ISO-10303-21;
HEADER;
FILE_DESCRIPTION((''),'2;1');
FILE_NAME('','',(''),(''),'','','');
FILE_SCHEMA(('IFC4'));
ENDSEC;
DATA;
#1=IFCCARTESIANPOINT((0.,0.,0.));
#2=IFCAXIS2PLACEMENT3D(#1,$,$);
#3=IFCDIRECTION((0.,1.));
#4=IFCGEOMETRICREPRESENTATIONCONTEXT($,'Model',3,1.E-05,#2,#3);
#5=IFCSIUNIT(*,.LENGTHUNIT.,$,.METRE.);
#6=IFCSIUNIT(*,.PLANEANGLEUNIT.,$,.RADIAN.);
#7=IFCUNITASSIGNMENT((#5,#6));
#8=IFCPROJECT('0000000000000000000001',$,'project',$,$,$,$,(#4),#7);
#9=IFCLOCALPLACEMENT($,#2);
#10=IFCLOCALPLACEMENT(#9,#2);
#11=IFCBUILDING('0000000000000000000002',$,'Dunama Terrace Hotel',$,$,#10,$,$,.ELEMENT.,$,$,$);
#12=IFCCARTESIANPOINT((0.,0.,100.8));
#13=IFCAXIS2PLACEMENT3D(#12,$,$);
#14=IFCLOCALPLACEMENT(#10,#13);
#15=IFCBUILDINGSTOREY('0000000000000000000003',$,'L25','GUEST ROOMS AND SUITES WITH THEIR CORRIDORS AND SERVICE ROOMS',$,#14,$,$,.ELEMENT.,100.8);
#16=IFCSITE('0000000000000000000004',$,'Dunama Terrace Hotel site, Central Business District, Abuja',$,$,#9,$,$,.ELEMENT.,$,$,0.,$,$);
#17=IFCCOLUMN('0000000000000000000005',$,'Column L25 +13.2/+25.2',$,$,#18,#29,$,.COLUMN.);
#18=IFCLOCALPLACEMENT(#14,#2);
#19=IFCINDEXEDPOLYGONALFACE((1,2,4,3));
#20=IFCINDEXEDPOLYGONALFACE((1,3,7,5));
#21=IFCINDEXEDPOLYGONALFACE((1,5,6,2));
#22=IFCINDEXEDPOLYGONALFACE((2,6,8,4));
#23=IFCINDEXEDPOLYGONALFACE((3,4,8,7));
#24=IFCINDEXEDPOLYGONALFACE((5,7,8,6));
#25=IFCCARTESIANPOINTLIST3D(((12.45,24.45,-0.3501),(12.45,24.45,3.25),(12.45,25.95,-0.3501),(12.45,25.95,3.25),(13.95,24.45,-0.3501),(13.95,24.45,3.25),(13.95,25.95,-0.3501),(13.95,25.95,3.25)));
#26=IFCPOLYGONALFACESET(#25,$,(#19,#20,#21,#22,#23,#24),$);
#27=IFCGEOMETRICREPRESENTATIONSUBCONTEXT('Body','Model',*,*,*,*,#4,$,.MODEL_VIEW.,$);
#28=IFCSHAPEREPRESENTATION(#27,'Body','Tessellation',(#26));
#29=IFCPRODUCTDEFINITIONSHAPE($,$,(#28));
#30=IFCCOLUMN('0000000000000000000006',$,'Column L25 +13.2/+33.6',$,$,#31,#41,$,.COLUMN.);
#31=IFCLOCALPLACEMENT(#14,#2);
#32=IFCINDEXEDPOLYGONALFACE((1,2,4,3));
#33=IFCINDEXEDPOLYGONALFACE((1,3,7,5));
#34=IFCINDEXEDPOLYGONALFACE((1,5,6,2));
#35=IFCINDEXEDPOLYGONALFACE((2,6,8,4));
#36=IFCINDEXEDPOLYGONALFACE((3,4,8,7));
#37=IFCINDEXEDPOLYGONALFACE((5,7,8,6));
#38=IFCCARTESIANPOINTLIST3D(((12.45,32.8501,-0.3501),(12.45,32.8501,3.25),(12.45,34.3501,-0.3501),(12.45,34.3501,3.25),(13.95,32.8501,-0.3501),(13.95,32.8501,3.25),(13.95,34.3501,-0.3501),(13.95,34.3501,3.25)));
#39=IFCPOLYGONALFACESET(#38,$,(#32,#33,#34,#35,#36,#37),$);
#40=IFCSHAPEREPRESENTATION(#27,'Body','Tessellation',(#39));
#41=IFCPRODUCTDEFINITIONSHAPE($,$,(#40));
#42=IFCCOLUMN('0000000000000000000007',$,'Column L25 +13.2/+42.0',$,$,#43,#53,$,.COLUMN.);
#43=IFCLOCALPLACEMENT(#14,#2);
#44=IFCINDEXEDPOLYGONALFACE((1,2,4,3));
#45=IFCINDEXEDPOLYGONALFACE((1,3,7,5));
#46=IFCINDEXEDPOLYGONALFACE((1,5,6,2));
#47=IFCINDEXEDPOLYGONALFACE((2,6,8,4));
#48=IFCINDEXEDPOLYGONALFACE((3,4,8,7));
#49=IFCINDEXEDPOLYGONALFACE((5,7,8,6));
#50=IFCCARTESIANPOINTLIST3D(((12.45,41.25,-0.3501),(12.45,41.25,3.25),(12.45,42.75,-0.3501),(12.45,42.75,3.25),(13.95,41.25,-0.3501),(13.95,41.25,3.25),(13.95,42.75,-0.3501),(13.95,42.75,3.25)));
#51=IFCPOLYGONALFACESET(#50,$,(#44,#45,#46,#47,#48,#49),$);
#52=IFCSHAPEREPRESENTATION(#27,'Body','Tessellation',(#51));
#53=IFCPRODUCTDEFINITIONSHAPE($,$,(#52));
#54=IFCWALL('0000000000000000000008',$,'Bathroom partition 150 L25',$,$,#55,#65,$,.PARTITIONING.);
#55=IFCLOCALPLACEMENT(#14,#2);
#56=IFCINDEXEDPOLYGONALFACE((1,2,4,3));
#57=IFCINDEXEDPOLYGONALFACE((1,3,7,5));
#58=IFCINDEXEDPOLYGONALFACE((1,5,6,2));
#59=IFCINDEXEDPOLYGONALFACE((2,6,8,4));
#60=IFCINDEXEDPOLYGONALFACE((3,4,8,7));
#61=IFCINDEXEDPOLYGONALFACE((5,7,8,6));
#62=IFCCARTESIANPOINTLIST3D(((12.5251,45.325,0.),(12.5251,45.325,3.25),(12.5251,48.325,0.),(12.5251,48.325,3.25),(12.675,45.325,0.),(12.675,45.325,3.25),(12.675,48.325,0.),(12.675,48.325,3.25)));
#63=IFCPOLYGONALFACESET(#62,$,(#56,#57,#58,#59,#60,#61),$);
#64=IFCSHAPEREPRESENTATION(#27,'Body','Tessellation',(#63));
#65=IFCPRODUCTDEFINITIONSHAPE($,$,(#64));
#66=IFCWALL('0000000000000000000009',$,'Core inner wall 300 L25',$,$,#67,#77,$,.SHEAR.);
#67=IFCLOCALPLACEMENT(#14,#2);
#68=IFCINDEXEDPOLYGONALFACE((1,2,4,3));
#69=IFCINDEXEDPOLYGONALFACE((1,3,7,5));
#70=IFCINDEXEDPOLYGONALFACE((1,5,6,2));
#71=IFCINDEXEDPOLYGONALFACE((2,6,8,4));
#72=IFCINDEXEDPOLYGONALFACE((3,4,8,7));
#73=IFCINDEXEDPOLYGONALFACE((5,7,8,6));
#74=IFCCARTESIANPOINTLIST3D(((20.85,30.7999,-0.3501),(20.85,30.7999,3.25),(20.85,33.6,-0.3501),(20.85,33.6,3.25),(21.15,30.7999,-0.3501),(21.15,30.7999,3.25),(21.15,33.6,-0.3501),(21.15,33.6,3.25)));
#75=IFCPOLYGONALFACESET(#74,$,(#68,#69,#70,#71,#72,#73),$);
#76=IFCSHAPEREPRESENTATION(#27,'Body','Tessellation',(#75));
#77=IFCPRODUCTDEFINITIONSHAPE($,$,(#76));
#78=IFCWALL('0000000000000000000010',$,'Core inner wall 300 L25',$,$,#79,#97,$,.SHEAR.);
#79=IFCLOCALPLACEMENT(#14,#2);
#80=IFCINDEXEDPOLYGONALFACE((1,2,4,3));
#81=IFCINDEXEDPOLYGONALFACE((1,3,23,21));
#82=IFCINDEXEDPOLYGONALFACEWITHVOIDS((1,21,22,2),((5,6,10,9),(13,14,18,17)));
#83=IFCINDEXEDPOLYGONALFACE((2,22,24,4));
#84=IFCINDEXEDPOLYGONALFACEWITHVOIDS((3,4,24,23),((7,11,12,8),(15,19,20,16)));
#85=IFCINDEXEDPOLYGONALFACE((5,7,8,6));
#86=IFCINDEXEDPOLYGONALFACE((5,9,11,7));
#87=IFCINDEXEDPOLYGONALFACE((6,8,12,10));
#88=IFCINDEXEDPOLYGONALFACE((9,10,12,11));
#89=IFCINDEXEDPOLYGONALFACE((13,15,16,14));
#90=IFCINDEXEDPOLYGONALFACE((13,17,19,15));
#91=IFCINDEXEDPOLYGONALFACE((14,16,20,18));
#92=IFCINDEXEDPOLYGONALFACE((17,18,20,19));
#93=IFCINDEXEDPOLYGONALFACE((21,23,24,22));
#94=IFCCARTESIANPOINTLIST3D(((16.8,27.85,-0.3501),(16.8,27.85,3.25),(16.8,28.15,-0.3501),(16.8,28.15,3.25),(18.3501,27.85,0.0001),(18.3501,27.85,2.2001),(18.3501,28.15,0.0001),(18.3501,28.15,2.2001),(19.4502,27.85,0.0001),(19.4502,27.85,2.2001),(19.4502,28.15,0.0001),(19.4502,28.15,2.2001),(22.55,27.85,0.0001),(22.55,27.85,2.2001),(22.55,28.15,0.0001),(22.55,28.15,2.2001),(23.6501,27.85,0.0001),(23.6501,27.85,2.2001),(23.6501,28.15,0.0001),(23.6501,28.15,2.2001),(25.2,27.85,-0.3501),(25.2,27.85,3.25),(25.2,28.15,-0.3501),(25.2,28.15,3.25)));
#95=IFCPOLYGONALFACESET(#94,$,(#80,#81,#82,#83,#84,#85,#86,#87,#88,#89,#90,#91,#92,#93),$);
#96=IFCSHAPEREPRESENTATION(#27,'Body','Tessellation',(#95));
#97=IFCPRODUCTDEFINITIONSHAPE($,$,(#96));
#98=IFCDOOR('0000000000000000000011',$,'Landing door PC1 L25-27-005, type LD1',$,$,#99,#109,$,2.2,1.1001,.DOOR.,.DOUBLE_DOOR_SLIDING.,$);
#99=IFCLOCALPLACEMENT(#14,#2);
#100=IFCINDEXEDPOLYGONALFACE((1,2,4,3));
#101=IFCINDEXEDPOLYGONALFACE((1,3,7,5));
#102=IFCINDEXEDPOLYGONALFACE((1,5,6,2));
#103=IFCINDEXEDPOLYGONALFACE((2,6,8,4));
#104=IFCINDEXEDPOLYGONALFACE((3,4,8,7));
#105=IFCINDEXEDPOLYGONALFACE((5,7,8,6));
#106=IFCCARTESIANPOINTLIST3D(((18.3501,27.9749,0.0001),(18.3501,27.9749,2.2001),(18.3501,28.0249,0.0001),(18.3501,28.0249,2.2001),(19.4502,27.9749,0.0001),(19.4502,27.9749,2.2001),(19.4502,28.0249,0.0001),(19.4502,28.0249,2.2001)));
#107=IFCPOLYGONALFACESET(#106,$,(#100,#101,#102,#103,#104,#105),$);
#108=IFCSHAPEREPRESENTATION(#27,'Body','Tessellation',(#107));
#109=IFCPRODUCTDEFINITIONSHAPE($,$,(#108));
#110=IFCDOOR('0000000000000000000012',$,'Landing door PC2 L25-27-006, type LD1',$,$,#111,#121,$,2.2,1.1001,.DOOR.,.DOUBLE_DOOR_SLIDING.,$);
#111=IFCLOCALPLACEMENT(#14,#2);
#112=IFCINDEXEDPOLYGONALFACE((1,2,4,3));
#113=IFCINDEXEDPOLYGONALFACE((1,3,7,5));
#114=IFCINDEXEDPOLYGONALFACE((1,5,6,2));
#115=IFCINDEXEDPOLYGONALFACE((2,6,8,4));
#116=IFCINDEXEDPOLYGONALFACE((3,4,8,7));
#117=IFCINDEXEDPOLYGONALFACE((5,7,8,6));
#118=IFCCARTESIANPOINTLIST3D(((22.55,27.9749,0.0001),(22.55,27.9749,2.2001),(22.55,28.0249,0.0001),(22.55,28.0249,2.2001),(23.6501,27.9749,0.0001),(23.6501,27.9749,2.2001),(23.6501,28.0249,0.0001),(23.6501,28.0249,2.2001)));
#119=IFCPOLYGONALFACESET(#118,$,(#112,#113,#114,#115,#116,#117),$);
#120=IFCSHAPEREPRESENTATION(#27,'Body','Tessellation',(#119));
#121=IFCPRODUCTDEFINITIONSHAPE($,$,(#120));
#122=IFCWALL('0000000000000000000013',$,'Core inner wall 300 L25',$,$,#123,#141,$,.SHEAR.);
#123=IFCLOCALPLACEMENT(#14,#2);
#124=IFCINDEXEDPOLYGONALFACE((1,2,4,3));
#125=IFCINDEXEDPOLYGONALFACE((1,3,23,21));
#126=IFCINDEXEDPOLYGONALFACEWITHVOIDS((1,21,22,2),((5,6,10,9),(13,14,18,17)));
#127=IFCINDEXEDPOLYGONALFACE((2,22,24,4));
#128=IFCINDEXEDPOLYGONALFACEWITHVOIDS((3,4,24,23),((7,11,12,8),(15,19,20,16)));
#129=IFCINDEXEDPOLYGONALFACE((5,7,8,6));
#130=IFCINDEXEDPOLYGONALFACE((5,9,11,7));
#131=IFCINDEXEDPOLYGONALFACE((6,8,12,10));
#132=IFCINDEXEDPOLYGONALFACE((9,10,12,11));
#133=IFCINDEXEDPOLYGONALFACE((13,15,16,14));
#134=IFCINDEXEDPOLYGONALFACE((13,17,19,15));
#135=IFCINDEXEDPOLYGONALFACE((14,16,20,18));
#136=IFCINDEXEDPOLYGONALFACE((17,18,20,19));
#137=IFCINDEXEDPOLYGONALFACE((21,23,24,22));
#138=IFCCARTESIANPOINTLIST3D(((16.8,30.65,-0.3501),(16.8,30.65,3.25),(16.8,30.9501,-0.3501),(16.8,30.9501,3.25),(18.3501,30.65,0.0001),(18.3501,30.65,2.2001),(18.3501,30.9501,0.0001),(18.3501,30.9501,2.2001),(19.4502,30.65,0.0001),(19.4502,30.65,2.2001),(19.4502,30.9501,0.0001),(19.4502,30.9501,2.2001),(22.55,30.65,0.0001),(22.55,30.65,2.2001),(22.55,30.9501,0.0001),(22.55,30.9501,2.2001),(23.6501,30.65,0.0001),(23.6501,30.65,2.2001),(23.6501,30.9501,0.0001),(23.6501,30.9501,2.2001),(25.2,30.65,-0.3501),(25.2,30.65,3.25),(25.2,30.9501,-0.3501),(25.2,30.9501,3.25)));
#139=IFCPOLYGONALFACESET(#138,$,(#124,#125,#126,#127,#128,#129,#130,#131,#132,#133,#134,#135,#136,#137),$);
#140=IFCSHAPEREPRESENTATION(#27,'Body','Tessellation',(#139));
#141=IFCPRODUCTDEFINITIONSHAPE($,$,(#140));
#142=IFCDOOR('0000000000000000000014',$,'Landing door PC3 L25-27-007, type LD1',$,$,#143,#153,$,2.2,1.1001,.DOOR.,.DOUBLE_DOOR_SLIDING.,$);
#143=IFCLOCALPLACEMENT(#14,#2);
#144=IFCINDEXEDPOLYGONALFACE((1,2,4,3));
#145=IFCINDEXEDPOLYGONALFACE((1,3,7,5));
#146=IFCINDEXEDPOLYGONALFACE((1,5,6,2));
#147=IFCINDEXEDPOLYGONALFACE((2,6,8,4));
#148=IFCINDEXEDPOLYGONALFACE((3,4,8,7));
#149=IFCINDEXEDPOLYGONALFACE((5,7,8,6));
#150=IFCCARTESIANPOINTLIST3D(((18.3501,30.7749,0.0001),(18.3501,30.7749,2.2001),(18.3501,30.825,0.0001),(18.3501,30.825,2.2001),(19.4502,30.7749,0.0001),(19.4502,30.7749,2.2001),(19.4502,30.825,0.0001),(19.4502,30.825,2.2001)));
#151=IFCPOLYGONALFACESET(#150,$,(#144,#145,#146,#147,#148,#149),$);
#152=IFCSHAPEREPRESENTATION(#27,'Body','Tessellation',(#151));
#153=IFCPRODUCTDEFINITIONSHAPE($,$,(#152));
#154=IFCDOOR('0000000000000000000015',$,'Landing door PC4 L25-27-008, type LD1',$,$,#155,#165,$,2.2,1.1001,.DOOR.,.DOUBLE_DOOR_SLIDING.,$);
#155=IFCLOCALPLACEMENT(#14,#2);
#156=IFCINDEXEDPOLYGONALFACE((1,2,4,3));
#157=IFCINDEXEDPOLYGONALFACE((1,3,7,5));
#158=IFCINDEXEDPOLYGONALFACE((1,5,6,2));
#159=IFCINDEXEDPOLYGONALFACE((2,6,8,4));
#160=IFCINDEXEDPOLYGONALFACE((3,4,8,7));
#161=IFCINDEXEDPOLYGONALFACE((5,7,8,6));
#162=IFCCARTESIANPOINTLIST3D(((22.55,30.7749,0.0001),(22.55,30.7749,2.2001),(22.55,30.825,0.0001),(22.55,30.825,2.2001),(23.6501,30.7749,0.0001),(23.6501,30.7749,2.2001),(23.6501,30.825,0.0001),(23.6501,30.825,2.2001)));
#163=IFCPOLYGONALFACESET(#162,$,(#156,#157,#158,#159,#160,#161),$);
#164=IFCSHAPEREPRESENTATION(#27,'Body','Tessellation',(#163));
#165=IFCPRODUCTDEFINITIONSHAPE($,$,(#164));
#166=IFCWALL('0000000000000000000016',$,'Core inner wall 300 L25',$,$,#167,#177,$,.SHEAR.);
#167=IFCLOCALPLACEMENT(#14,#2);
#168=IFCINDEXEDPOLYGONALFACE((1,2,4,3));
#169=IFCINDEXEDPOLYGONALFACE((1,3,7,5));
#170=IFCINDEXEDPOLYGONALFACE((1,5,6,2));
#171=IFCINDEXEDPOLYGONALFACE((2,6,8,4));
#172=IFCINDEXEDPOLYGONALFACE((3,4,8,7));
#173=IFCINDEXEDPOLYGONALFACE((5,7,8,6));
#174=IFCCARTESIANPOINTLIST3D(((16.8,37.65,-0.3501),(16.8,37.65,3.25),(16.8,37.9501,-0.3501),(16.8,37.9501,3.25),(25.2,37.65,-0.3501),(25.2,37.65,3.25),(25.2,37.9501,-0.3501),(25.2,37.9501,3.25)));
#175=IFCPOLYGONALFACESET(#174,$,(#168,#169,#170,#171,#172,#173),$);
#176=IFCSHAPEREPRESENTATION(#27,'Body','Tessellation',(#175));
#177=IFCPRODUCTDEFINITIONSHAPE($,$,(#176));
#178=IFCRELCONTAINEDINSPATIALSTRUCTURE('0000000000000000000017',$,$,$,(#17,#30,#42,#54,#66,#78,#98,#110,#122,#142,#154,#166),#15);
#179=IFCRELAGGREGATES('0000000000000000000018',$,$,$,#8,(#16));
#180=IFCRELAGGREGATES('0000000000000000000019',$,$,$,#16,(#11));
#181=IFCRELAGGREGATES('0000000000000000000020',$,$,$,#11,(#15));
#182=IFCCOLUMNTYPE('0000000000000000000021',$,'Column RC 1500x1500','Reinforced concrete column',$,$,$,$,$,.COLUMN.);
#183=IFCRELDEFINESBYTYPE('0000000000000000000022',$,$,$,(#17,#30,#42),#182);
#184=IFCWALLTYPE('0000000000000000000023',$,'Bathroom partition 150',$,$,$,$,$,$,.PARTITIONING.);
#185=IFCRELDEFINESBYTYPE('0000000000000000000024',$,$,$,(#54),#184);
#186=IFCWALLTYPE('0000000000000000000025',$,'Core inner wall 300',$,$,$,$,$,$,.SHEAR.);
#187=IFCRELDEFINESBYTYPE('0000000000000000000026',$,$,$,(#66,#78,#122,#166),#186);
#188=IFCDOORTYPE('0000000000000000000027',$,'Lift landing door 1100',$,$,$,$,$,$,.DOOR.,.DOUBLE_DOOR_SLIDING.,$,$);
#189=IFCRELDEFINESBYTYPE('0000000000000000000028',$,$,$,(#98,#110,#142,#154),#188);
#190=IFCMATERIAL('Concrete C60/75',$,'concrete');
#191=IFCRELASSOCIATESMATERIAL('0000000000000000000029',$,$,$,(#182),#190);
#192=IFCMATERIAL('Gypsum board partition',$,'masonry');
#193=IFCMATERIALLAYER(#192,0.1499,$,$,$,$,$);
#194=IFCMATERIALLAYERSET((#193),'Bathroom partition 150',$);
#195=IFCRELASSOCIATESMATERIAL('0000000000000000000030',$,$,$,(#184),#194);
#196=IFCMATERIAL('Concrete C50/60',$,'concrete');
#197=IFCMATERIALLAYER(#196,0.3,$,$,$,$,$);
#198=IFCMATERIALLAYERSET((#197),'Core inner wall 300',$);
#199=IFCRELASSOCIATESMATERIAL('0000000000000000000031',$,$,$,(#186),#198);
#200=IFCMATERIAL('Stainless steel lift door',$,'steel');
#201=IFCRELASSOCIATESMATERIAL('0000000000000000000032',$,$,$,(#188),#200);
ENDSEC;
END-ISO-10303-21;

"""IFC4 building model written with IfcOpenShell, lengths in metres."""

from ifc_helpers import new_model, si_unit, direction, frame, frame_2d, origin, origin_2d, place, context, subcontext, project, spatial, rectangle, extrude, material, layer, layer_set, material_profile, profile_set, type_object, element, fill, save


model = new_model("IFC4")

# Units and contexts
model_context = context("Model", 3, precision=1e-05, world=origin(), true_north=direction((0.0, 1.0)))
body_context = subcontext(model_context, "Body", "Model", "MODEL_VIEW")
ifc_project = project(units=[si_unit("LENGTHUNIT", "METRE"), si_unit("PLANEANGLEUNIT", "RADIAN")], contexts=[model_context])

# Site, building, storey
site_placement = place(None, origin())
site = spatial("IfcSite", under=ifc_project, at=site_placement, Name="Dunama Terrace Hotel site, Central Business District, Abuja", CompositionType="ELEMENT", RefElevation=0.0)
building_placement = place(site_placement, origin())
building = spatial("IfcBuilding", under=site, at=building_placement, Name="Dunama Terrace Hotel", CompositionType="ELEMENT")
storey_placement = place(building_placement, frame((0.0, 0.0, 100.8)))
storey = spatial("IfcBuildingStorey", under=building, at=storey_placement, Name="L25", Description="GUEST ROOMS AND SUITES WITH THEIR CORRIDORS AND SERVICE ROOMS", CompositionType="ELEMENT", Elevation=100.8)

# Columns
ifc_material_1 = material(Name="Concrete C60/75", Category="concrete")
ifc_material_profile = material_profile(ifc_material_1, rectangle(XDim=1.5, YDim=1.5, at=origin_2d()), Name="RC 1500x1500")
ifc_profile_set = profile_set([ifc_material_profile], Name="Concrete C60/75")
column_type = type_object("IfcColumnType", Name="Column RC 1500x1500", Description="Reinforced concrete column", PredefinedType="COLUMN", material=ifc_profile_set)
for number, where, z_axis, x_axis, name in (
    (1, (13.2, 25.2, -0.3501), (0.0, 0.0, 1.0), (1.0, 0.0, 0.0), "Column L25 +13.2/+25.2"),
    (2, (13.2, 33.6001, -0.3501), (0.0, 0.0, 1.0), (1.0, 0.0, 0.0), "Column L25 +13.2/+33.6"),
    (3, (13.2, 42.0, -0.3501), (0.0, 0.0, 1.0), (1.0, 0.0, 0.0), "Column L25 +13.2/+42.0"),
):
    element("IfcColumn", number, at=place(storey_placement, frame(where, z_axis=z_axis, x_axis=x_axis)), inside=storey, type_object=column_type, Name=name, PredefinedType="COLUMN", context=body_context, shape_type="SweptSolid", body=[
        extrude(rectangle(XDim=1.5, YDim=1.5, at=origin_2d()), origin(), (0.0, 0.0, 1.0), 3.6001),
    ])

# Walls
ifc_material_2 = material(Name="Gypsum board partition", Category="masonry")
ifc_layer_1 = layer(ifc_material_2, 0.1499)
ifc_layer_set_1 = layer_set([ifc_layer_1], Name="Bathroom partition 150")
wall_type_1 = type_object("IfcWallType", Name="Bathroom partition 150", PredefinedType="PARTITIONING", material=ifc_layer_set_1)
wall_1_placement = place(storey_placement, frame((12.6001, 45.325, 0.0), z_axis=(0.0, 0.0, 1.0), x_axis=(0.0, 1.0, 0.0)))
element("IfcWall", 4, at=wall_1_placement, inside=storey, type_object=wall_type_1, Name="Bathroom partition 150 L25", PredefinedType="PARTITIONING", context=body_context, shape_type="SweptSolid", body=[
    extrude(rectangle(XDim=3.0, YDim=0.1499, at=frame_2d((1.5, 0.0))), origin(), (0.0, 0.0, 1.0), 3.25),
])
ifc_material_3 = material(Name="Concrete C50/60", Category="concrete")
ifc_layer_2 = layer(ifc_material_3, 0.3)
ifc_layer_set_2 = layer_set([ifc_layer_2], Name="Core inner wall 300")
wall_type_2 = type_object("IfcWallType", Name="Core inner wall 300", PredefinedType="SHEAR", material=ifc_layer_set_2)
wall_2_placement = place(storey_placement, frame((21.0, 30.8, -0.3501), z_axis=(0.0, 0.0, 1.0), x_axis=(0.0, 1.0, 0.0)))
element("IfcWall", 5, at=wall_2_placement, inside=storey, type_object=wall_type_2, Name="Core inner wall 300 L25", PredefinedType="SHEAR", context=body_context, shape_type="SweptSolid", body=[
    extrude(rectangle(XDim=2.8, YDim=0.3, at=frame_2d((1.3999, 0.0))), origin(), (0.0, 0.0, 1.0), 3.6001),
])

# Walls, openings, doors
wall_3_placement = place(storey_placement, frame((16.8, 28.0, -0.3501), z_axis=(0.0, 0.0, 1.0), x_axis=(1.0, 0.0, 0.0)))
wall_3 = element("IfcWall", 6, at=wall_3_placement, inside=storey, type_object=wall_type_2, Name="Core inner wall 300 L25", PredefinedType="SHEAR", context=body_context, shape_type="SweptSolid", body=[
    extrude(rectangle(XDim=8.3999, YDim=0.3, at=frame_2d((4.2, 0.0))), origin(), (0.0, 0.0, 1.0), 3.6001),
])
opening_1_placement = place(wall_3_placement, frame((1.55, 0.0, 0.3501)))
opening_1 = element("IfcOpeningElement", 7, at=opening_1_placement, cuts=wall_3, PredefinedType="OPENING", context=body_context, shape_type="SweptSolid", body=[
    extrude(rectangle(XDim=1.1001, YDim=2.2, at=frame_2d((0.55, 1.1001))), frame((0.0, 0.1599, 0.0), z_axis=(0.0, -1.0, 0.0), x_axis=(1.0, 0.0, 0.0)), (0.0, 0.0, 1.0), 0.3201),
])
opening_2_placement = place(wall_3_placement, frame((5.75, 0.0, 0.3501)))
opening_2 = element("IfcOpeningElement", 8, at=opening_2_placement, cuts=wall_3, PredefinedType="OPENING", context=body_context, shape_type="SweptSolid", body=[
    extrude(rectangle(XDim=1.1001, YDim=2.2, at=frame_2d((0.55, 1.1001))), frame((0.0, 0.1599, 0.0), z_axis=(0.0, -1.0, 0.0), x_axis=(1.0, 0.0, 0.0)), (0.0, 0.0, 1.0), 0.3201),
])
ifc_material_4 = material(Name="Stainless steel lift door", Category="steel")
door_type_1 = type_object("IfcDoorType", Name="Lift landing door 1100", OperationType="DOUBLE_DOOR_SLIDING", PredefinedType="DOOR", material=ifc_material_4)
door_1_placement = place(opening_1_placement, origin())
door_1 = element("IfcDoor", 9, at=door_1_placement, inside=storey, type_object=door_type_1, Name="Landing door PC1 L25-27-005, type LD1", OperationType="DOUBLE_DOOR_SLIDING", OverallHeight=2.2, OverallWidth=1.1001, PredefinedType="DOOR", context=body_context, shape_type="SweptSolid", body=[
    extrude(rectangle(XDim=1.1001, YDim=2.2, at=frame_2d((0.55, 1.1001))), frame((0.0, 0.0249, 0.0), z_axis=(0.0, -1.0, 0.0), x_axis=(1.0, 0.0, 0.0)), (0.0, 0.0, 1.0), 0.05),
])
fill(opening_1, door_1)
door_2_placement = place(opening_2_placement, origin())
door_2 = element("IfcDoor", 10, at=door_2_placement, inside=storey, type_object=door_type_1, Name="Landing door PC2 L25-27-006, type LD1", OperationType="DOUBLE_DOOR_SLIDING", OverallHeight=2.2, OverallWidth=1.1001, PredefinedType="DOOR", context=body_context, shape_type="SweptSolid", body=[
    extrude(rectangle(XDim=1.1001, YDim=2.2, at=frame_2d((0.55, 1.1001))), frame((0.0, 0.0249, 0.0), z_axis=(0.0, -1.0, 0.0), x_axis=(1.0, 0.0, 0.0)), (0.0, 0.0, 1.0), 0.05),
])
fill(opening_2, door_2)
wall_4_placement = place(storey_placement, frame((16.8, 30.8, -0.3501), z_axis=(0.0, 0.0, 1.0), x_axis=(1.0, 0.0, 0.0)))
wall_4 = element("IfcWall", 11, at=wall_4_placement, inside=storey, type_object=wall_type_2, Name="Core inner wall 300 L25", PredefinedType="SHEAR", context=body_context, shape_type="SweptSolid", body=[
    extrude(rectangle(XDim=8.3999, YDim=0.3, at=frame_2d((4.2, 0.0))), origin(), (0.0, 0.0, 1.0), 3.6001),
])
opening_3_placement = place(wall_4_placement, frame((1.55, 0.0, 0.3501)))
opening_3 = element("IfcOpeningElement", 12, at=opening_3_placement, cuts=wall_4, PredefinedType="OPENING", context=body_context, shape_type="SweptSolid", body=[
    extrude(rectangle(XDim=1.1001, YDim=2.2, at=frame_2d((0.55, 1.1001))), frame((0.0, 0.1599, 0.0), z_axis=(0.0, -1.0, 0.0), x_axis=(1.0, 0.0, 0.0)), (0.0, 0.0, 1.0), 0.3201),
])
opening_4_placement = place(wall_4_placement, frame((5.75, 0.0, 0.3501)))
opening_4 = element("IfcOpeningElement", 13, at=opening_4_placement, cuts=wall_4, PredefinedType="OPENING", context=body_context, shape_type="SweptSolid", body=[
    extrude(rectangle(XDim=1.1001, YDim=2.2, at=frame_2d((0.55, 1.1001))), frame((0.0, 0.1599, 0.0), z_axis=(0.0, -1.0, 0.0), x_axis=(1.0, 0.0, 0.0)), (0.0, 0.0, 1.0), 0.3201),
])
door_3_placement = place(opening_3_placement, origin())
door_3 = element("IfcDoor", 14, at=door_3_placement, inside=storey, type_object=door_type_1, Name="Landing door PC3 L25-27-007, type LD1", OperationType="DOUBLE_DOOR_SLIDING", OverallHeight=2.2, OverallWidth=1.1001, PredefinedType="DOOR", context=body_context, shape_type="SweptSolid", body=[
    extrude(rectangle(XDim=1.1001, YDim=2.2, at=frame_2d((0.55, 1.1001))), frame((0.0, 0.0249, 0.0), z_axis=(0.0, -1.0, 0.0), x_axis=(1.0, 0.0, 0.0)), (0.0, 0.0, 1.0), 0.05),
])
fill(opening_3, door_3)
door_4_placement = place(opening_4_placement, origin())
door_4 = element("IfcDoor", 15, at=door_4_placement, inside=storey, type_object=door_type_1, Name="Landing door PC4 L25-27-008, type LD1", OperationType="DOUBLE_DOOR_SLIDING", OverallHeight=2.2, OverallWidth=1.1001, PredefinedType="DOOR", context=body_context, shape_type="SweptSolid", body=[
    extrude(rectangle(XDim=1.1001, YDim=2.2, at=frame_2d((0.55, 1.1001))), frame((0.0, 0.0249, 0.0), z_axis=(0.0, -1.0, 0.0), x_axis=(1.0, 0.0, 0.0)), (0.0, 0.0, 1.0), 0.05),
])
fill(opening_4, door_4)

# Wall
wall_5_placement = place(storey_placement, frame((16.8, 37.8, -0.3501), z_axis=(0.0, 0.0, 1.0), x_axis=(1.0, 0.0, 0.0)))
element("IfcWall", 16, at=wall_5_placement, inside=storey, type_object=wall_type_2, Name="Core inner wall 300 L25", PredefinedType="SHEAR", context=body_context, shape_type="SweptSolid", body=[
    extrude(rectangle(XDim=8.3999, YDim=0.3, at=frame_2d((4.2, 0.0))), origin(), (0.0, 0.0, 1.0), 3.6001),
])

save(model, "model.ifc")
